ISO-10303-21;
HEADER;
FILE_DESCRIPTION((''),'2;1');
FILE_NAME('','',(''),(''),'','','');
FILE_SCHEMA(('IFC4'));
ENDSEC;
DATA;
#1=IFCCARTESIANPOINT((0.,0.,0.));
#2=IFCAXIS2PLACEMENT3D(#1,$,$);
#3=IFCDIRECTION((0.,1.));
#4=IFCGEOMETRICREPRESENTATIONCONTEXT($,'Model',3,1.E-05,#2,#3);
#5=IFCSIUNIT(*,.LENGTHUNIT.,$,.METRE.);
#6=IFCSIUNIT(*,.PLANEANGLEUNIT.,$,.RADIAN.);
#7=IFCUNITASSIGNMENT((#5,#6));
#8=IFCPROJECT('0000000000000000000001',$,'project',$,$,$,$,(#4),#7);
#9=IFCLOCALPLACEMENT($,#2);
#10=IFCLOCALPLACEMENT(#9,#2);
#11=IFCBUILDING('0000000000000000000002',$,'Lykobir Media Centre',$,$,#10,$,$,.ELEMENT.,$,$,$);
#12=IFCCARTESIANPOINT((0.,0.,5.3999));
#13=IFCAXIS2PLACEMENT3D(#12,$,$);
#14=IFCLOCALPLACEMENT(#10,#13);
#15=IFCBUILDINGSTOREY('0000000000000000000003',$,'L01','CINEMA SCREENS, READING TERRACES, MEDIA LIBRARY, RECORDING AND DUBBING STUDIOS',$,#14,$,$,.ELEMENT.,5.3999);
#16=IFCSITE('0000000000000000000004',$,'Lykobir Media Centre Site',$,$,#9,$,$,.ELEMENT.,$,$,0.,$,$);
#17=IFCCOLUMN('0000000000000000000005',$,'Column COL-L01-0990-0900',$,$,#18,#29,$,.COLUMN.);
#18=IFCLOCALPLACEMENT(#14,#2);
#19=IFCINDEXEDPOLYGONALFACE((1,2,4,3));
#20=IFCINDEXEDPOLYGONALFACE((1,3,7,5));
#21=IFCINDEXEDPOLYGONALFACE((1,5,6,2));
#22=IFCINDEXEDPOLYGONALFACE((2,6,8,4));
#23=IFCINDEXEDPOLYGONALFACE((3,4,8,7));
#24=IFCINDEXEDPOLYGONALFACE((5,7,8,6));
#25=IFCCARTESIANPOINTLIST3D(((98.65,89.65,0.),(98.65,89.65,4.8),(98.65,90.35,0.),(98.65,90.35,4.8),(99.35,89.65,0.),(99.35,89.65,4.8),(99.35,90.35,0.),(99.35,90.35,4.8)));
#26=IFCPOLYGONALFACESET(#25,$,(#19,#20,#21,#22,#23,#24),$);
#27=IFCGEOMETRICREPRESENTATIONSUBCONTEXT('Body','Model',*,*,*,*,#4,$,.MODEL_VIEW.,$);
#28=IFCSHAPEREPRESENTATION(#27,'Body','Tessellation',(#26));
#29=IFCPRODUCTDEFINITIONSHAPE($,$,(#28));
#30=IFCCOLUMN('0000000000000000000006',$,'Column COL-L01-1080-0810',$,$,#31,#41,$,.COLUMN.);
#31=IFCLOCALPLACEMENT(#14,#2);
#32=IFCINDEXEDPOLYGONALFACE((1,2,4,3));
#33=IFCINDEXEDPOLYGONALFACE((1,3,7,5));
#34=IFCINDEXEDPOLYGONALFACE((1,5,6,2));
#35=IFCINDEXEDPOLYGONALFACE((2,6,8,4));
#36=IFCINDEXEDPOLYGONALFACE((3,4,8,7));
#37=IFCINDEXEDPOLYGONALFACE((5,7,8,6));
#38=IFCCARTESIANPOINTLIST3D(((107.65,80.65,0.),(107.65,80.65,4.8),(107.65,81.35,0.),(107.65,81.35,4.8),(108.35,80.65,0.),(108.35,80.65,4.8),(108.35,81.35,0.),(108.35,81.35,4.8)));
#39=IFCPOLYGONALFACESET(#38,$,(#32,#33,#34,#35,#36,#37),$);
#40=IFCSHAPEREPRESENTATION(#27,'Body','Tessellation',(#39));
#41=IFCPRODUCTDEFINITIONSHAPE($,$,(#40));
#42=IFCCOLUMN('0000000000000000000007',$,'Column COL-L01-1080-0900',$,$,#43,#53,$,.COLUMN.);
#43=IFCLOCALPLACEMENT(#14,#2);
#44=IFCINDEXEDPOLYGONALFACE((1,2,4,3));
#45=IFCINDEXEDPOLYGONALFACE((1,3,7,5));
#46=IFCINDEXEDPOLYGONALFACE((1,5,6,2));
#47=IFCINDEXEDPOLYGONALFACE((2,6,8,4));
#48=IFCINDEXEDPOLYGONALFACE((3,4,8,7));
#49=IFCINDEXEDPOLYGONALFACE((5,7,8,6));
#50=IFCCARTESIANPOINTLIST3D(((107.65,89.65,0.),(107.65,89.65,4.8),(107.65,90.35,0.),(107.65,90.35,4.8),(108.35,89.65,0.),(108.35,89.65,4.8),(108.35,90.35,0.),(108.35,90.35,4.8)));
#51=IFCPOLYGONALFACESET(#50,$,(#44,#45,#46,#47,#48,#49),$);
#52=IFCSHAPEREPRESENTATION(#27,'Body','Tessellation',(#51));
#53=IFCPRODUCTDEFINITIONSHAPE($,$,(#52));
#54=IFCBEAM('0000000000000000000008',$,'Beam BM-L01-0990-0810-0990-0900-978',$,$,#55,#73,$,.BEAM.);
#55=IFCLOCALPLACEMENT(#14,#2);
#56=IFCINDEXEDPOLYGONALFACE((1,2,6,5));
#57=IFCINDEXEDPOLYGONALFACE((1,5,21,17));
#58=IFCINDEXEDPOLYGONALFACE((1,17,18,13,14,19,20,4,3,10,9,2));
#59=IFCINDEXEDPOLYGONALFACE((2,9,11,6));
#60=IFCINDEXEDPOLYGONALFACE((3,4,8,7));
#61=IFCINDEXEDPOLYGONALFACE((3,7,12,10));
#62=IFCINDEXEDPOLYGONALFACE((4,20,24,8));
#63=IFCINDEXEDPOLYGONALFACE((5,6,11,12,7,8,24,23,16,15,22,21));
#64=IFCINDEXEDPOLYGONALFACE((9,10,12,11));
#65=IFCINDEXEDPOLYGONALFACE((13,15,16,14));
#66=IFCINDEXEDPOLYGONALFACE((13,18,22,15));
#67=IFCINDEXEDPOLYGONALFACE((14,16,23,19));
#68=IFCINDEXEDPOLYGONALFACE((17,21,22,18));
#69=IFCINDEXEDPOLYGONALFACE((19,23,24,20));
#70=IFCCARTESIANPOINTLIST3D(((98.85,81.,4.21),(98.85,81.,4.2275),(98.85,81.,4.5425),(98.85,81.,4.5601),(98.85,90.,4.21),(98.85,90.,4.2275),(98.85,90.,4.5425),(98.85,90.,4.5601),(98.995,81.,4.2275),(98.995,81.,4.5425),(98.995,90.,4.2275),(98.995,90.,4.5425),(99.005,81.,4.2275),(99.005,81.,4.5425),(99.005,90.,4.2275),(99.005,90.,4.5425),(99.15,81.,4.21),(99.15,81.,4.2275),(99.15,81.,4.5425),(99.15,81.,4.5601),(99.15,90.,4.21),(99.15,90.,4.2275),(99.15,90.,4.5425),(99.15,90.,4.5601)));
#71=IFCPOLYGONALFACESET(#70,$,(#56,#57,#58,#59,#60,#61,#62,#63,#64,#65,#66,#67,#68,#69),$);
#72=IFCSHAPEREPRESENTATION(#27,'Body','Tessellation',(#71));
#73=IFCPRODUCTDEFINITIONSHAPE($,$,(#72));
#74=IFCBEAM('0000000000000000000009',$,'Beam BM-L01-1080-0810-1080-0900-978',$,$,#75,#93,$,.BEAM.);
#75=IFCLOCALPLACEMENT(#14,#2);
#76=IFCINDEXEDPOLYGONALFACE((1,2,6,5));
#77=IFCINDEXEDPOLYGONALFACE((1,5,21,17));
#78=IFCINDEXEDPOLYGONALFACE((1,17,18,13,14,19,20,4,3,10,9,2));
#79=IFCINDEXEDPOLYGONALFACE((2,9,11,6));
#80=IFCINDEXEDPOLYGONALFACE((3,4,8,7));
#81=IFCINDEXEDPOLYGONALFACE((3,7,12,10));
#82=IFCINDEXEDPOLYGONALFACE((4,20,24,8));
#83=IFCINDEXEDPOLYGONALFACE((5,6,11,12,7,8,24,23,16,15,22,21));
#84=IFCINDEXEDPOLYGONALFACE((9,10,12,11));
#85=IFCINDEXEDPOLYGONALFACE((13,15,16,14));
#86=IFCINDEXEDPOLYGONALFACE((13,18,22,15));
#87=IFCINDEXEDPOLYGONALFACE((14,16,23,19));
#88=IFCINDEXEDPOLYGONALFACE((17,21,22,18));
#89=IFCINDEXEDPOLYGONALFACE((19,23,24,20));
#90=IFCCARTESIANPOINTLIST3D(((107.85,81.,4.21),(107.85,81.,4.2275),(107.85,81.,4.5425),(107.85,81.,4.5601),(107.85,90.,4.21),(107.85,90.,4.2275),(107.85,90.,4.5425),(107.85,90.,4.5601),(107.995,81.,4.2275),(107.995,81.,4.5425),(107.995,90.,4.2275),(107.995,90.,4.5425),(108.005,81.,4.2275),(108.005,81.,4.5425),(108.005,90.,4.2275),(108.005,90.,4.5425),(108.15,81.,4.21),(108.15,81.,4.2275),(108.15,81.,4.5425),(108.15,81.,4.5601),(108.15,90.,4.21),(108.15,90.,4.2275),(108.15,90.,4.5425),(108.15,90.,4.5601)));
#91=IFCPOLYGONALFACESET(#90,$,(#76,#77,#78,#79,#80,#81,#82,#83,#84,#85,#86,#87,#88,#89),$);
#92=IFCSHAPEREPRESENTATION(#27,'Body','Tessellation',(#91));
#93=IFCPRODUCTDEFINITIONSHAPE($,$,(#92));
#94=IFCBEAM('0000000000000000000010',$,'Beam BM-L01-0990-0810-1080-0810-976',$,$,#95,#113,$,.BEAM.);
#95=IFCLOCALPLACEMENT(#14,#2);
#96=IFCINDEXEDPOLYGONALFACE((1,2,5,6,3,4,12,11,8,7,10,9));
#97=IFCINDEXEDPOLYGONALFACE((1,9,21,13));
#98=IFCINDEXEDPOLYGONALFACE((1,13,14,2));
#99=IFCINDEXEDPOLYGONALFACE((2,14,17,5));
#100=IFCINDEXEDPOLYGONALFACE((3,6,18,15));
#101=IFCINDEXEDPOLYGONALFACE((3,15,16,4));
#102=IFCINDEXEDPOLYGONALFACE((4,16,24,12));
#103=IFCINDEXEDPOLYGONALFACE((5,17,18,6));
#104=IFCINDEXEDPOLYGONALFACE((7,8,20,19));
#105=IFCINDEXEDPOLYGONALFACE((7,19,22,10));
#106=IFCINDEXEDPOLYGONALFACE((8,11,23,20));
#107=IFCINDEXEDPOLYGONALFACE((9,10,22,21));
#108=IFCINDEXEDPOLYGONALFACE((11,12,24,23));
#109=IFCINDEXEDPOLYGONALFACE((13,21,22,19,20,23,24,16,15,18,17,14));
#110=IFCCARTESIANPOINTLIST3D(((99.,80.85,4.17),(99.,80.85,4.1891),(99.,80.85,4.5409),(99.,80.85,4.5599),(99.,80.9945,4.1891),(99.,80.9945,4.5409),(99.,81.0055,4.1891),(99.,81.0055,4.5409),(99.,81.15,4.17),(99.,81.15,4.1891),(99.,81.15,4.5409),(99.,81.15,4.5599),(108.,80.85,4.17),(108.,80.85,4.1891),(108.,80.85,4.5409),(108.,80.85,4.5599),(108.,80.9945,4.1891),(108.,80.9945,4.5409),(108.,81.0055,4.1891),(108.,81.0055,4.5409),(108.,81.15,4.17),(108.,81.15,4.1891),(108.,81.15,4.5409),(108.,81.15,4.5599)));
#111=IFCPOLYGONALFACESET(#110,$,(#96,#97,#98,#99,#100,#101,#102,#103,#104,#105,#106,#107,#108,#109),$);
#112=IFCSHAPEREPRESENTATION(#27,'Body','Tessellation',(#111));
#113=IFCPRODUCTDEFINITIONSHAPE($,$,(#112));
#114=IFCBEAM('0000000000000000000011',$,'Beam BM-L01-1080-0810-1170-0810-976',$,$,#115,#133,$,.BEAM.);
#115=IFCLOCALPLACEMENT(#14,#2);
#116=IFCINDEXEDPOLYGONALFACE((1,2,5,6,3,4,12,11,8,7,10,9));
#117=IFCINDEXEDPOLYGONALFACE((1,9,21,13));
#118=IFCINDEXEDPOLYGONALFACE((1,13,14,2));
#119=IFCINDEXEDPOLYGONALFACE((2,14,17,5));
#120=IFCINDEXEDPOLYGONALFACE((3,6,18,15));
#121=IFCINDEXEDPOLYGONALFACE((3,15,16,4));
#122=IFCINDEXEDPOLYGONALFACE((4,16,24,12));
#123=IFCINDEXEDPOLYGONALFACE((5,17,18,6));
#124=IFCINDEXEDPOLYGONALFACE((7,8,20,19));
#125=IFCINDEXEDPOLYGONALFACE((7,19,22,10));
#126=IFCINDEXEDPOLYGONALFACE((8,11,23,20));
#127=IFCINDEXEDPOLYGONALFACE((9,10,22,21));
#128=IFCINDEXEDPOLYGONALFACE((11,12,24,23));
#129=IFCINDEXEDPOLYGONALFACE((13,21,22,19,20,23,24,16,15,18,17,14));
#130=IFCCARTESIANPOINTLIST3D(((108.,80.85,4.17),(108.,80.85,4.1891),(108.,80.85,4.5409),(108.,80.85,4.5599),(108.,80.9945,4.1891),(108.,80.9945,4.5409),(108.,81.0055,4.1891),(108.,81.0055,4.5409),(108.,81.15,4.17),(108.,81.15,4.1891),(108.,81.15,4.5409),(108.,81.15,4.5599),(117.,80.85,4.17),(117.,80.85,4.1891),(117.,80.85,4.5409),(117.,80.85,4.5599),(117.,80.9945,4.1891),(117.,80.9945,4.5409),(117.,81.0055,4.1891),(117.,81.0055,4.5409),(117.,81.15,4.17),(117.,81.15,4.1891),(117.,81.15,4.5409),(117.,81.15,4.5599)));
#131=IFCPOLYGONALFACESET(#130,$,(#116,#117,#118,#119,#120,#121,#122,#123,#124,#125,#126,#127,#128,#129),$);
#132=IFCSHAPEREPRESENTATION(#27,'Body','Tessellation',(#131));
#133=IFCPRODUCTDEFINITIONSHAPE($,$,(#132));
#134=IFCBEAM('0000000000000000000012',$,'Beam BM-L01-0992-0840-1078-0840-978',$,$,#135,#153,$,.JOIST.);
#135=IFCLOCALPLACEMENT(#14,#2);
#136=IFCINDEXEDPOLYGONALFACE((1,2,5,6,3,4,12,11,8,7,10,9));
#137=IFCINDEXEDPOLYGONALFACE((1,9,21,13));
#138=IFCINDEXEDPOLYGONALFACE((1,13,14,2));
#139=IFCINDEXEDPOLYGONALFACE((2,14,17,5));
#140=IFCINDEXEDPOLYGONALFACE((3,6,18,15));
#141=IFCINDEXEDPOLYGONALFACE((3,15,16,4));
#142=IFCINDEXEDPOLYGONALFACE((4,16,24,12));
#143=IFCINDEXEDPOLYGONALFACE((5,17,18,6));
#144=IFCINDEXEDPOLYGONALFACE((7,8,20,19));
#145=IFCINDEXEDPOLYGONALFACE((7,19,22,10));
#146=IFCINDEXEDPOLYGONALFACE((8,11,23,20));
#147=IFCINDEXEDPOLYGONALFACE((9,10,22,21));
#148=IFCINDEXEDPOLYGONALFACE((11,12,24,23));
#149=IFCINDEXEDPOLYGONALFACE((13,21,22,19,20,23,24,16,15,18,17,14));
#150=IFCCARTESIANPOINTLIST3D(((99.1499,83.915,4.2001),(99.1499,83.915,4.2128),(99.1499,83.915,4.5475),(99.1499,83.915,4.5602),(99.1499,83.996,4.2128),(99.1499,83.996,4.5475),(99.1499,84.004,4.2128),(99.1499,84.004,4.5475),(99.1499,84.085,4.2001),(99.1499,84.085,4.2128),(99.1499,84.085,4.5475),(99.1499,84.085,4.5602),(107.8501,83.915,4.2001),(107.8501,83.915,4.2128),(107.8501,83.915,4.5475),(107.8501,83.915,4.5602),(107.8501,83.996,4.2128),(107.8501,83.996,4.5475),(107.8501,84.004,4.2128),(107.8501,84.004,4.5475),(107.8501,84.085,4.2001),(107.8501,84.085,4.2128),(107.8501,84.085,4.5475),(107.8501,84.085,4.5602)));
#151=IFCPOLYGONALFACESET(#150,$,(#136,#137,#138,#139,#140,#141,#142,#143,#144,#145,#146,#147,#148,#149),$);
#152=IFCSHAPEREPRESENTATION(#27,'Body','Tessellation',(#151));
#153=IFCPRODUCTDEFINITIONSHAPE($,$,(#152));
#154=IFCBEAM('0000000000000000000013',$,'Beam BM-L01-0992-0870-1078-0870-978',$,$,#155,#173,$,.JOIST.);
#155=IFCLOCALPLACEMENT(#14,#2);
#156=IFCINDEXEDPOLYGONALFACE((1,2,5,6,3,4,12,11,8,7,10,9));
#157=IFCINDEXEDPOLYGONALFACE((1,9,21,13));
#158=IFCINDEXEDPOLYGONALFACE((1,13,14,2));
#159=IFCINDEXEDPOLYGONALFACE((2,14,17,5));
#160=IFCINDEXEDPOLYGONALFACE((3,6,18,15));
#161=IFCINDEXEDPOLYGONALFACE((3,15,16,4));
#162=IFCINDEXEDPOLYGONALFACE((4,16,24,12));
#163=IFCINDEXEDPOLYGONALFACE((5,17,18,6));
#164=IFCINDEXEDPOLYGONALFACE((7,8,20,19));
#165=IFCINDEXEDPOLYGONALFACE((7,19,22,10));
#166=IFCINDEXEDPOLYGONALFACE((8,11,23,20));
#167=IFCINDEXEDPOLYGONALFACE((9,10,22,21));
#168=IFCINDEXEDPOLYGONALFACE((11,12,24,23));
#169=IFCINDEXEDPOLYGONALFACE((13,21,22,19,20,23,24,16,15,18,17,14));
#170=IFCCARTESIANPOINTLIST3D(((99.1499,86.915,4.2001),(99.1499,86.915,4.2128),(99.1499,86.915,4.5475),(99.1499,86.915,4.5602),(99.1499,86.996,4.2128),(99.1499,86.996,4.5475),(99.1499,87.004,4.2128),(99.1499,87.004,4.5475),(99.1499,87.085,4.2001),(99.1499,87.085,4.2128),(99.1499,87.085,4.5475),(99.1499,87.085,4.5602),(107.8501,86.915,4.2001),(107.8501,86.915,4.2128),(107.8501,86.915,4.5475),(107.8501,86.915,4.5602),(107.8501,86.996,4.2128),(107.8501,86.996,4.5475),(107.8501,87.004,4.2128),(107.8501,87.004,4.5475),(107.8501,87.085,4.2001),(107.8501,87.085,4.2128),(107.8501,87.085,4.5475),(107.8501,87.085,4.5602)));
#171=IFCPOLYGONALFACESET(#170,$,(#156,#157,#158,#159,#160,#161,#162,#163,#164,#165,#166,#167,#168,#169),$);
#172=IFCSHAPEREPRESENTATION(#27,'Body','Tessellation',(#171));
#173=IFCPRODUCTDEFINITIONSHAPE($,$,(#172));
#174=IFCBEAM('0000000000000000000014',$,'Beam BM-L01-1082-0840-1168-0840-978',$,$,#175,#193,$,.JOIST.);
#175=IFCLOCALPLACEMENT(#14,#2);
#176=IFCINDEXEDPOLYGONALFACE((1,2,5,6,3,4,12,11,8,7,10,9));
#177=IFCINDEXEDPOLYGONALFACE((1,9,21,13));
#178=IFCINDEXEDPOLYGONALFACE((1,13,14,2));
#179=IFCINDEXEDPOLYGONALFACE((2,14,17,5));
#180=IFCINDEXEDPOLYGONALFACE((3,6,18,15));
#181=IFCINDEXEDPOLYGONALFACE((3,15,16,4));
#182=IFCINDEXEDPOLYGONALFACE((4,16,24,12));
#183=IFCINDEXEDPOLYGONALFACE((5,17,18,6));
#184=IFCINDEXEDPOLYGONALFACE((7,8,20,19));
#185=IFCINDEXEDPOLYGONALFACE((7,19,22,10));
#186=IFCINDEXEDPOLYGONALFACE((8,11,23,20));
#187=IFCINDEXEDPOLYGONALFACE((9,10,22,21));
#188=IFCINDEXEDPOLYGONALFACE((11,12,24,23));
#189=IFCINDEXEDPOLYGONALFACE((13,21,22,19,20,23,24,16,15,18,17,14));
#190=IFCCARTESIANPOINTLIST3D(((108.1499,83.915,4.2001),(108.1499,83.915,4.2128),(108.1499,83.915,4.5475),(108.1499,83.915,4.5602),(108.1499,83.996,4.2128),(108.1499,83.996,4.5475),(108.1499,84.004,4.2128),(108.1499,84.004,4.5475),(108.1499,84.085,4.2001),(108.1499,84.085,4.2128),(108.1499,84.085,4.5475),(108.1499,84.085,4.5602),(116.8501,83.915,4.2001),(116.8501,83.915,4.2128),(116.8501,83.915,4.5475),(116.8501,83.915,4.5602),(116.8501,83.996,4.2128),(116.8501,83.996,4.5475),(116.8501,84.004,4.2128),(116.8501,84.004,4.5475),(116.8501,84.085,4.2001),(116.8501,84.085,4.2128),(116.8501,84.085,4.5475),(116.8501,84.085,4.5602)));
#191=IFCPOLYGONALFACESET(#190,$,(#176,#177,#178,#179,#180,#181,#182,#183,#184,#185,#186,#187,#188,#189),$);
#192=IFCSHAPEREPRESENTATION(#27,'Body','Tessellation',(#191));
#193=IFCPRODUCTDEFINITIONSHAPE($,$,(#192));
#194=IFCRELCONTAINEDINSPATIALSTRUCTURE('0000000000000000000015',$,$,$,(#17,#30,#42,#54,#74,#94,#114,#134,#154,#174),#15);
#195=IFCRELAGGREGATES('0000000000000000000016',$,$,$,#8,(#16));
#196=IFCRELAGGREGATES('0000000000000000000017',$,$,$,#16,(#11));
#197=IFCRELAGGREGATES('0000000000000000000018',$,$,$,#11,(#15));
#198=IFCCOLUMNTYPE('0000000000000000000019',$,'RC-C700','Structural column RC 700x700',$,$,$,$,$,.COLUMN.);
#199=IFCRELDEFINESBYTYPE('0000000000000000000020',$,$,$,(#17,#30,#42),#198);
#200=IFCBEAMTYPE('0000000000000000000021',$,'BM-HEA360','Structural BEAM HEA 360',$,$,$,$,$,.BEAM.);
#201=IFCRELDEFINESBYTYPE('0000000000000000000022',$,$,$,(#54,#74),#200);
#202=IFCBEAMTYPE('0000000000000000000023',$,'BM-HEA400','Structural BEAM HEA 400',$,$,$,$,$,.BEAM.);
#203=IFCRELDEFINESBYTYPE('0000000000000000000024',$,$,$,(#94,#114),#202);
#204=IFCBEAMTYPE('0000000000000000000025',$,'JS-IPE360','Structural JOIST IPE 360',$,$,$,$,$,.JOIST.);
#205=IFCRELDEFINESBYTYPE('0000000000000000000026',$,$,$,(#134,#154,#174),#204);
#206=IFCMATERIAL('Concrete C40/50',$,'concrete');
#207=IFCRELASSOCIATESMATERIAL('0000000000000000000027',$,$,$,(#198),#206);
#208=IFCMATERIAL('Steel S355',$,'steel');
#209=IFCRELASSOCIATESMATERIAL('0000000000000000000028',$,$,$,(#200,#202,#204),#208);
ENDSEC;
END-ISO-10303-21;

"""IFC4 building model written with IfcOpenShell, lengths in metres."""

from ifc_helpers import new_model, si_unit, direction, frame, origin, origin_2d, place, context, subcontext, project, spatial, rectangle, i_section, extrude, material, material_profile, profile_set, type_object, element, save


model = new_model("IFC4")

# Units and contexts
model_context = context("Model", 3, precision=1e-05, world=origin(), true_north=direction((0.0, 1.0)))
body_context = subcontext(model_context, "Body", "Model", "MODEL_VIEW")
ifc_project = project(units=[si_unit("LENGTHUNIT", "METRE"), si_unit("PLANEANGLEUNIT", "RADIAN")], contexts=[model_context])

# Site, building, storey
site_placement = place(None, origin())
site = spatial("IfcSite", under=ifc_project, at=site_placement, Name="Lykobir Media Centre Site", CompositionType="ELEMENT", RefElevation=0.0)
building_placement = place(site_placement, origin())
building = spatial("IfcBuilding", under=site, at=building_placement, Name="Lykobir Media Centre", CompositionType="ELEMENT")
storey_placement = place(building_placement, frame((0.0, 0.0, 5.3999)))
storey = spatial("IfcBuildingStorey", under=building, at=storey_placement, Name="L01", Description="CINEMA SCREENS, READING TERRACES, MEDIA LIBRARY, RECORDING AND DUBBING STUDIOS", CompositionType="ELEMENT", Elevation=5.3999)

# Columns
ifc_material_1 = material(Name="Concrete C40/50", Category="concrete")
ifc_material_profile_1 = material_profile(ifc_material_1, rectangle(XDim=0.7, YDim=0.7, at=origin_2d()), Name="RC 700x700")
ifc_profile_set_1 = profile_set([ifc_material_profile_1], Name="Concrete C40/50")
column_type = type_object("IfcColumnType", Name="RC-C700", Description="Structural column RC 700x700", PredefinedType="COLUMN", material=ifc_profile_set_1)
for number, where, z_axis, x_axis, name in (
    (1, (99.0, 90.0, 0.0), (0.0, 0.0, 1.0), (1.0, 0.0, 0.0), "Column COL-L01-0990-0900"),
    (2, (108.0, 81.0, 0.0), (0.0, 0.0, 1.0), (1.0, 0.0, 0.0), "Column COL-L01-1080-0810"),
    (3, (108.0, 90.0, 0.0), (0.0, 0.0, 1.0), (1.0, 0.0, 0.0), "Column COL-L01-1080-0900"),
):
    element("IfcColumn", number, at=place(storey_placement, frame(where, z_axis=z_axis, x_axis=x_axis)), inside=storey, type_object=column_type, Name=name, PredefinedType="COLUMN", context=body_context, shape_type="SweptSolid", body=[
        extrude(rectangle(XDim=0.7, YDim=0.7, at=origin_2d()), origin(), (0.0, 0.0, 1.0), 4.8),
    ])

# Beams
ifc_material_2 = material(Name="Steel S355", Category="steel")
ifc_material_profile_2 = material_profile(ifc_material_2, i_section(OverallWidth=0.3, OverallDepth=0.3501, WebThickness=0.01, FlangeThickness=0.0176, at=origin_2d()), Name="HEA 360")
ifc_profile_set_2 = profile_set([ifc_material_profile_2], Name="Steel S355")
beam_type_1 = type_object("IfcBeamType", Name="BM-HEA360", Description="Structural BEAM HEA 360", PredefinedType="BEAM", material=ifc_profile_set_2)
for number, where, z_axis, x_axis, name in (
    (4, (99.0, 81.0, 4.385), (0.0, 1.0, 0.0), (-1.0, 0.0, 0.0), "Beam BM-L01-0990-0810-0990-0900-978"),
    (5, (108.0, 81.0, 4.385), (0.0, 1.0, 0.0), (-1.0, 0.0, 0.0), "Beam BM-L01-1080-0810-1080-0900-978"),
):
    element("IfcBeam", number, at=place(storey_placement, frame(where, z_axis=z_axis, x_axis=x_axis)), inside=storey, type_object=beam_type_1, Name=name, PredefinedType="BEAM", context=body_context, shape_type="SweptSolid", body=[
        extrude(i_section(OverallWidth=0.3, OverallDepth=0.3501, WebThickness=0.01, FlangeThickness=0.0176, at=origin_2d()), origin(), (0.0, 0.0, 1.0), 9.0),
    ])
ifc_material_profile_3 = material_profile(ifc_material_2, i_section(OverallWidth=0.3, OverallDepth=0.3899, WebThickness=0.011, FlangeThickness=0.019, at=origin_2d()), Name="HEA 400")
ifc_profile_set_3 = profile_set([ifc_material_profile_3], Name="Steel S355")
beam_type_2 = type_object("IfcBeamType", Name="BM-HEA400", Description="Structural BEAM HEA 400", PredefinedType="BEAM", material=ifc_profile_set_3)
for number, where, z_axis, x_axis, name in (
    (6, (99.0, 81.0, 4.365), (1.0, 0.0, 0.0), (0.0, 1.0, 0.0), "Beam BM-L01-0990-0810-1080-0810-976"),
    (7, (108.0, 81.0, 4.365), (1.0, 0.0, 0.0), (0.0, 1.0, 0.0), "Beam BM-L01-1080-0810-1170-0810-976"),
):
    element("IfcBeam", number, at=place(storey_placement, frame(where, z_axis=z_axis, x_axis=x_axis)), inside=storey, type_object=beam_type_2, Name=name, PredefinedType="BEAM", context=body_context, shape_type="SweptSolid", body=[
        extrude(i_section(OverallWidth=0.3, OverallDepth=0.3899, WebThickness=0.011, FlangeThickness=0.019, at=origin_2d()), origin(), (0.0, 0.0, 1.0), 9.0),
    ])
ifc_material_profile_4 = material_profile(ifc_material_2, i_section(OverallWidth=0.1699, OverallDepth=0.3601, WebThickness=0.0081, FlangeThickness=0.0127, at=origin_2d()), Name="IPE 360")
ifc_profile_set_4 = profile_set([ifc_material_profile_4], Name="Steel S355")
beam_type_3 = type_object("IfcBeamType", Name="JS-IPE360", Description="Structural JOIST IPE 360", PredefinedType="JOIST", material=ifc_profile_set_4)
for number, where, z_axis, x_axis, name in (
    (8, (99.1499, 84.0, 4.3801), (1.0, 0.0, 0.0), (0.0, 1.0, 0.0), "Beam BM-L01-0992-0840-1078-0840-978"),
    (9, (99.1499, 87.0, 4.3801), (1.0, 0.0, 0.0), (0.0, 1.0, 0.0), "Beam BM-L01-0992-0870-1078-0870-978"),
    (10, (108.1499, 84.0, 4.3801), (1.0, 0.0, 0.0), (0.0, 1.0, 0.0), "Beam BM-L01-1082-0840-1168-0840-978"),
):
    element("IfcBeam", number, at=place(storey_placement, frame(where, z_axis=z_axis, x_axis=x_axis)), inside=storey, type_object=beam_type_3, Name=name, PredefinedType="JOIST", context=body_context, shape_type="SweptSolid", body=[
        extrude(i_section(OverallWidth=0.1699, OverallDepth=0.3601, WebThickness=0.0081, FlangeThickness=0.0127, at=origin_2d()), origin(), (0.0, 0.0, 1.0), 8.7002),
    ])

save(model, "model.ifc")
